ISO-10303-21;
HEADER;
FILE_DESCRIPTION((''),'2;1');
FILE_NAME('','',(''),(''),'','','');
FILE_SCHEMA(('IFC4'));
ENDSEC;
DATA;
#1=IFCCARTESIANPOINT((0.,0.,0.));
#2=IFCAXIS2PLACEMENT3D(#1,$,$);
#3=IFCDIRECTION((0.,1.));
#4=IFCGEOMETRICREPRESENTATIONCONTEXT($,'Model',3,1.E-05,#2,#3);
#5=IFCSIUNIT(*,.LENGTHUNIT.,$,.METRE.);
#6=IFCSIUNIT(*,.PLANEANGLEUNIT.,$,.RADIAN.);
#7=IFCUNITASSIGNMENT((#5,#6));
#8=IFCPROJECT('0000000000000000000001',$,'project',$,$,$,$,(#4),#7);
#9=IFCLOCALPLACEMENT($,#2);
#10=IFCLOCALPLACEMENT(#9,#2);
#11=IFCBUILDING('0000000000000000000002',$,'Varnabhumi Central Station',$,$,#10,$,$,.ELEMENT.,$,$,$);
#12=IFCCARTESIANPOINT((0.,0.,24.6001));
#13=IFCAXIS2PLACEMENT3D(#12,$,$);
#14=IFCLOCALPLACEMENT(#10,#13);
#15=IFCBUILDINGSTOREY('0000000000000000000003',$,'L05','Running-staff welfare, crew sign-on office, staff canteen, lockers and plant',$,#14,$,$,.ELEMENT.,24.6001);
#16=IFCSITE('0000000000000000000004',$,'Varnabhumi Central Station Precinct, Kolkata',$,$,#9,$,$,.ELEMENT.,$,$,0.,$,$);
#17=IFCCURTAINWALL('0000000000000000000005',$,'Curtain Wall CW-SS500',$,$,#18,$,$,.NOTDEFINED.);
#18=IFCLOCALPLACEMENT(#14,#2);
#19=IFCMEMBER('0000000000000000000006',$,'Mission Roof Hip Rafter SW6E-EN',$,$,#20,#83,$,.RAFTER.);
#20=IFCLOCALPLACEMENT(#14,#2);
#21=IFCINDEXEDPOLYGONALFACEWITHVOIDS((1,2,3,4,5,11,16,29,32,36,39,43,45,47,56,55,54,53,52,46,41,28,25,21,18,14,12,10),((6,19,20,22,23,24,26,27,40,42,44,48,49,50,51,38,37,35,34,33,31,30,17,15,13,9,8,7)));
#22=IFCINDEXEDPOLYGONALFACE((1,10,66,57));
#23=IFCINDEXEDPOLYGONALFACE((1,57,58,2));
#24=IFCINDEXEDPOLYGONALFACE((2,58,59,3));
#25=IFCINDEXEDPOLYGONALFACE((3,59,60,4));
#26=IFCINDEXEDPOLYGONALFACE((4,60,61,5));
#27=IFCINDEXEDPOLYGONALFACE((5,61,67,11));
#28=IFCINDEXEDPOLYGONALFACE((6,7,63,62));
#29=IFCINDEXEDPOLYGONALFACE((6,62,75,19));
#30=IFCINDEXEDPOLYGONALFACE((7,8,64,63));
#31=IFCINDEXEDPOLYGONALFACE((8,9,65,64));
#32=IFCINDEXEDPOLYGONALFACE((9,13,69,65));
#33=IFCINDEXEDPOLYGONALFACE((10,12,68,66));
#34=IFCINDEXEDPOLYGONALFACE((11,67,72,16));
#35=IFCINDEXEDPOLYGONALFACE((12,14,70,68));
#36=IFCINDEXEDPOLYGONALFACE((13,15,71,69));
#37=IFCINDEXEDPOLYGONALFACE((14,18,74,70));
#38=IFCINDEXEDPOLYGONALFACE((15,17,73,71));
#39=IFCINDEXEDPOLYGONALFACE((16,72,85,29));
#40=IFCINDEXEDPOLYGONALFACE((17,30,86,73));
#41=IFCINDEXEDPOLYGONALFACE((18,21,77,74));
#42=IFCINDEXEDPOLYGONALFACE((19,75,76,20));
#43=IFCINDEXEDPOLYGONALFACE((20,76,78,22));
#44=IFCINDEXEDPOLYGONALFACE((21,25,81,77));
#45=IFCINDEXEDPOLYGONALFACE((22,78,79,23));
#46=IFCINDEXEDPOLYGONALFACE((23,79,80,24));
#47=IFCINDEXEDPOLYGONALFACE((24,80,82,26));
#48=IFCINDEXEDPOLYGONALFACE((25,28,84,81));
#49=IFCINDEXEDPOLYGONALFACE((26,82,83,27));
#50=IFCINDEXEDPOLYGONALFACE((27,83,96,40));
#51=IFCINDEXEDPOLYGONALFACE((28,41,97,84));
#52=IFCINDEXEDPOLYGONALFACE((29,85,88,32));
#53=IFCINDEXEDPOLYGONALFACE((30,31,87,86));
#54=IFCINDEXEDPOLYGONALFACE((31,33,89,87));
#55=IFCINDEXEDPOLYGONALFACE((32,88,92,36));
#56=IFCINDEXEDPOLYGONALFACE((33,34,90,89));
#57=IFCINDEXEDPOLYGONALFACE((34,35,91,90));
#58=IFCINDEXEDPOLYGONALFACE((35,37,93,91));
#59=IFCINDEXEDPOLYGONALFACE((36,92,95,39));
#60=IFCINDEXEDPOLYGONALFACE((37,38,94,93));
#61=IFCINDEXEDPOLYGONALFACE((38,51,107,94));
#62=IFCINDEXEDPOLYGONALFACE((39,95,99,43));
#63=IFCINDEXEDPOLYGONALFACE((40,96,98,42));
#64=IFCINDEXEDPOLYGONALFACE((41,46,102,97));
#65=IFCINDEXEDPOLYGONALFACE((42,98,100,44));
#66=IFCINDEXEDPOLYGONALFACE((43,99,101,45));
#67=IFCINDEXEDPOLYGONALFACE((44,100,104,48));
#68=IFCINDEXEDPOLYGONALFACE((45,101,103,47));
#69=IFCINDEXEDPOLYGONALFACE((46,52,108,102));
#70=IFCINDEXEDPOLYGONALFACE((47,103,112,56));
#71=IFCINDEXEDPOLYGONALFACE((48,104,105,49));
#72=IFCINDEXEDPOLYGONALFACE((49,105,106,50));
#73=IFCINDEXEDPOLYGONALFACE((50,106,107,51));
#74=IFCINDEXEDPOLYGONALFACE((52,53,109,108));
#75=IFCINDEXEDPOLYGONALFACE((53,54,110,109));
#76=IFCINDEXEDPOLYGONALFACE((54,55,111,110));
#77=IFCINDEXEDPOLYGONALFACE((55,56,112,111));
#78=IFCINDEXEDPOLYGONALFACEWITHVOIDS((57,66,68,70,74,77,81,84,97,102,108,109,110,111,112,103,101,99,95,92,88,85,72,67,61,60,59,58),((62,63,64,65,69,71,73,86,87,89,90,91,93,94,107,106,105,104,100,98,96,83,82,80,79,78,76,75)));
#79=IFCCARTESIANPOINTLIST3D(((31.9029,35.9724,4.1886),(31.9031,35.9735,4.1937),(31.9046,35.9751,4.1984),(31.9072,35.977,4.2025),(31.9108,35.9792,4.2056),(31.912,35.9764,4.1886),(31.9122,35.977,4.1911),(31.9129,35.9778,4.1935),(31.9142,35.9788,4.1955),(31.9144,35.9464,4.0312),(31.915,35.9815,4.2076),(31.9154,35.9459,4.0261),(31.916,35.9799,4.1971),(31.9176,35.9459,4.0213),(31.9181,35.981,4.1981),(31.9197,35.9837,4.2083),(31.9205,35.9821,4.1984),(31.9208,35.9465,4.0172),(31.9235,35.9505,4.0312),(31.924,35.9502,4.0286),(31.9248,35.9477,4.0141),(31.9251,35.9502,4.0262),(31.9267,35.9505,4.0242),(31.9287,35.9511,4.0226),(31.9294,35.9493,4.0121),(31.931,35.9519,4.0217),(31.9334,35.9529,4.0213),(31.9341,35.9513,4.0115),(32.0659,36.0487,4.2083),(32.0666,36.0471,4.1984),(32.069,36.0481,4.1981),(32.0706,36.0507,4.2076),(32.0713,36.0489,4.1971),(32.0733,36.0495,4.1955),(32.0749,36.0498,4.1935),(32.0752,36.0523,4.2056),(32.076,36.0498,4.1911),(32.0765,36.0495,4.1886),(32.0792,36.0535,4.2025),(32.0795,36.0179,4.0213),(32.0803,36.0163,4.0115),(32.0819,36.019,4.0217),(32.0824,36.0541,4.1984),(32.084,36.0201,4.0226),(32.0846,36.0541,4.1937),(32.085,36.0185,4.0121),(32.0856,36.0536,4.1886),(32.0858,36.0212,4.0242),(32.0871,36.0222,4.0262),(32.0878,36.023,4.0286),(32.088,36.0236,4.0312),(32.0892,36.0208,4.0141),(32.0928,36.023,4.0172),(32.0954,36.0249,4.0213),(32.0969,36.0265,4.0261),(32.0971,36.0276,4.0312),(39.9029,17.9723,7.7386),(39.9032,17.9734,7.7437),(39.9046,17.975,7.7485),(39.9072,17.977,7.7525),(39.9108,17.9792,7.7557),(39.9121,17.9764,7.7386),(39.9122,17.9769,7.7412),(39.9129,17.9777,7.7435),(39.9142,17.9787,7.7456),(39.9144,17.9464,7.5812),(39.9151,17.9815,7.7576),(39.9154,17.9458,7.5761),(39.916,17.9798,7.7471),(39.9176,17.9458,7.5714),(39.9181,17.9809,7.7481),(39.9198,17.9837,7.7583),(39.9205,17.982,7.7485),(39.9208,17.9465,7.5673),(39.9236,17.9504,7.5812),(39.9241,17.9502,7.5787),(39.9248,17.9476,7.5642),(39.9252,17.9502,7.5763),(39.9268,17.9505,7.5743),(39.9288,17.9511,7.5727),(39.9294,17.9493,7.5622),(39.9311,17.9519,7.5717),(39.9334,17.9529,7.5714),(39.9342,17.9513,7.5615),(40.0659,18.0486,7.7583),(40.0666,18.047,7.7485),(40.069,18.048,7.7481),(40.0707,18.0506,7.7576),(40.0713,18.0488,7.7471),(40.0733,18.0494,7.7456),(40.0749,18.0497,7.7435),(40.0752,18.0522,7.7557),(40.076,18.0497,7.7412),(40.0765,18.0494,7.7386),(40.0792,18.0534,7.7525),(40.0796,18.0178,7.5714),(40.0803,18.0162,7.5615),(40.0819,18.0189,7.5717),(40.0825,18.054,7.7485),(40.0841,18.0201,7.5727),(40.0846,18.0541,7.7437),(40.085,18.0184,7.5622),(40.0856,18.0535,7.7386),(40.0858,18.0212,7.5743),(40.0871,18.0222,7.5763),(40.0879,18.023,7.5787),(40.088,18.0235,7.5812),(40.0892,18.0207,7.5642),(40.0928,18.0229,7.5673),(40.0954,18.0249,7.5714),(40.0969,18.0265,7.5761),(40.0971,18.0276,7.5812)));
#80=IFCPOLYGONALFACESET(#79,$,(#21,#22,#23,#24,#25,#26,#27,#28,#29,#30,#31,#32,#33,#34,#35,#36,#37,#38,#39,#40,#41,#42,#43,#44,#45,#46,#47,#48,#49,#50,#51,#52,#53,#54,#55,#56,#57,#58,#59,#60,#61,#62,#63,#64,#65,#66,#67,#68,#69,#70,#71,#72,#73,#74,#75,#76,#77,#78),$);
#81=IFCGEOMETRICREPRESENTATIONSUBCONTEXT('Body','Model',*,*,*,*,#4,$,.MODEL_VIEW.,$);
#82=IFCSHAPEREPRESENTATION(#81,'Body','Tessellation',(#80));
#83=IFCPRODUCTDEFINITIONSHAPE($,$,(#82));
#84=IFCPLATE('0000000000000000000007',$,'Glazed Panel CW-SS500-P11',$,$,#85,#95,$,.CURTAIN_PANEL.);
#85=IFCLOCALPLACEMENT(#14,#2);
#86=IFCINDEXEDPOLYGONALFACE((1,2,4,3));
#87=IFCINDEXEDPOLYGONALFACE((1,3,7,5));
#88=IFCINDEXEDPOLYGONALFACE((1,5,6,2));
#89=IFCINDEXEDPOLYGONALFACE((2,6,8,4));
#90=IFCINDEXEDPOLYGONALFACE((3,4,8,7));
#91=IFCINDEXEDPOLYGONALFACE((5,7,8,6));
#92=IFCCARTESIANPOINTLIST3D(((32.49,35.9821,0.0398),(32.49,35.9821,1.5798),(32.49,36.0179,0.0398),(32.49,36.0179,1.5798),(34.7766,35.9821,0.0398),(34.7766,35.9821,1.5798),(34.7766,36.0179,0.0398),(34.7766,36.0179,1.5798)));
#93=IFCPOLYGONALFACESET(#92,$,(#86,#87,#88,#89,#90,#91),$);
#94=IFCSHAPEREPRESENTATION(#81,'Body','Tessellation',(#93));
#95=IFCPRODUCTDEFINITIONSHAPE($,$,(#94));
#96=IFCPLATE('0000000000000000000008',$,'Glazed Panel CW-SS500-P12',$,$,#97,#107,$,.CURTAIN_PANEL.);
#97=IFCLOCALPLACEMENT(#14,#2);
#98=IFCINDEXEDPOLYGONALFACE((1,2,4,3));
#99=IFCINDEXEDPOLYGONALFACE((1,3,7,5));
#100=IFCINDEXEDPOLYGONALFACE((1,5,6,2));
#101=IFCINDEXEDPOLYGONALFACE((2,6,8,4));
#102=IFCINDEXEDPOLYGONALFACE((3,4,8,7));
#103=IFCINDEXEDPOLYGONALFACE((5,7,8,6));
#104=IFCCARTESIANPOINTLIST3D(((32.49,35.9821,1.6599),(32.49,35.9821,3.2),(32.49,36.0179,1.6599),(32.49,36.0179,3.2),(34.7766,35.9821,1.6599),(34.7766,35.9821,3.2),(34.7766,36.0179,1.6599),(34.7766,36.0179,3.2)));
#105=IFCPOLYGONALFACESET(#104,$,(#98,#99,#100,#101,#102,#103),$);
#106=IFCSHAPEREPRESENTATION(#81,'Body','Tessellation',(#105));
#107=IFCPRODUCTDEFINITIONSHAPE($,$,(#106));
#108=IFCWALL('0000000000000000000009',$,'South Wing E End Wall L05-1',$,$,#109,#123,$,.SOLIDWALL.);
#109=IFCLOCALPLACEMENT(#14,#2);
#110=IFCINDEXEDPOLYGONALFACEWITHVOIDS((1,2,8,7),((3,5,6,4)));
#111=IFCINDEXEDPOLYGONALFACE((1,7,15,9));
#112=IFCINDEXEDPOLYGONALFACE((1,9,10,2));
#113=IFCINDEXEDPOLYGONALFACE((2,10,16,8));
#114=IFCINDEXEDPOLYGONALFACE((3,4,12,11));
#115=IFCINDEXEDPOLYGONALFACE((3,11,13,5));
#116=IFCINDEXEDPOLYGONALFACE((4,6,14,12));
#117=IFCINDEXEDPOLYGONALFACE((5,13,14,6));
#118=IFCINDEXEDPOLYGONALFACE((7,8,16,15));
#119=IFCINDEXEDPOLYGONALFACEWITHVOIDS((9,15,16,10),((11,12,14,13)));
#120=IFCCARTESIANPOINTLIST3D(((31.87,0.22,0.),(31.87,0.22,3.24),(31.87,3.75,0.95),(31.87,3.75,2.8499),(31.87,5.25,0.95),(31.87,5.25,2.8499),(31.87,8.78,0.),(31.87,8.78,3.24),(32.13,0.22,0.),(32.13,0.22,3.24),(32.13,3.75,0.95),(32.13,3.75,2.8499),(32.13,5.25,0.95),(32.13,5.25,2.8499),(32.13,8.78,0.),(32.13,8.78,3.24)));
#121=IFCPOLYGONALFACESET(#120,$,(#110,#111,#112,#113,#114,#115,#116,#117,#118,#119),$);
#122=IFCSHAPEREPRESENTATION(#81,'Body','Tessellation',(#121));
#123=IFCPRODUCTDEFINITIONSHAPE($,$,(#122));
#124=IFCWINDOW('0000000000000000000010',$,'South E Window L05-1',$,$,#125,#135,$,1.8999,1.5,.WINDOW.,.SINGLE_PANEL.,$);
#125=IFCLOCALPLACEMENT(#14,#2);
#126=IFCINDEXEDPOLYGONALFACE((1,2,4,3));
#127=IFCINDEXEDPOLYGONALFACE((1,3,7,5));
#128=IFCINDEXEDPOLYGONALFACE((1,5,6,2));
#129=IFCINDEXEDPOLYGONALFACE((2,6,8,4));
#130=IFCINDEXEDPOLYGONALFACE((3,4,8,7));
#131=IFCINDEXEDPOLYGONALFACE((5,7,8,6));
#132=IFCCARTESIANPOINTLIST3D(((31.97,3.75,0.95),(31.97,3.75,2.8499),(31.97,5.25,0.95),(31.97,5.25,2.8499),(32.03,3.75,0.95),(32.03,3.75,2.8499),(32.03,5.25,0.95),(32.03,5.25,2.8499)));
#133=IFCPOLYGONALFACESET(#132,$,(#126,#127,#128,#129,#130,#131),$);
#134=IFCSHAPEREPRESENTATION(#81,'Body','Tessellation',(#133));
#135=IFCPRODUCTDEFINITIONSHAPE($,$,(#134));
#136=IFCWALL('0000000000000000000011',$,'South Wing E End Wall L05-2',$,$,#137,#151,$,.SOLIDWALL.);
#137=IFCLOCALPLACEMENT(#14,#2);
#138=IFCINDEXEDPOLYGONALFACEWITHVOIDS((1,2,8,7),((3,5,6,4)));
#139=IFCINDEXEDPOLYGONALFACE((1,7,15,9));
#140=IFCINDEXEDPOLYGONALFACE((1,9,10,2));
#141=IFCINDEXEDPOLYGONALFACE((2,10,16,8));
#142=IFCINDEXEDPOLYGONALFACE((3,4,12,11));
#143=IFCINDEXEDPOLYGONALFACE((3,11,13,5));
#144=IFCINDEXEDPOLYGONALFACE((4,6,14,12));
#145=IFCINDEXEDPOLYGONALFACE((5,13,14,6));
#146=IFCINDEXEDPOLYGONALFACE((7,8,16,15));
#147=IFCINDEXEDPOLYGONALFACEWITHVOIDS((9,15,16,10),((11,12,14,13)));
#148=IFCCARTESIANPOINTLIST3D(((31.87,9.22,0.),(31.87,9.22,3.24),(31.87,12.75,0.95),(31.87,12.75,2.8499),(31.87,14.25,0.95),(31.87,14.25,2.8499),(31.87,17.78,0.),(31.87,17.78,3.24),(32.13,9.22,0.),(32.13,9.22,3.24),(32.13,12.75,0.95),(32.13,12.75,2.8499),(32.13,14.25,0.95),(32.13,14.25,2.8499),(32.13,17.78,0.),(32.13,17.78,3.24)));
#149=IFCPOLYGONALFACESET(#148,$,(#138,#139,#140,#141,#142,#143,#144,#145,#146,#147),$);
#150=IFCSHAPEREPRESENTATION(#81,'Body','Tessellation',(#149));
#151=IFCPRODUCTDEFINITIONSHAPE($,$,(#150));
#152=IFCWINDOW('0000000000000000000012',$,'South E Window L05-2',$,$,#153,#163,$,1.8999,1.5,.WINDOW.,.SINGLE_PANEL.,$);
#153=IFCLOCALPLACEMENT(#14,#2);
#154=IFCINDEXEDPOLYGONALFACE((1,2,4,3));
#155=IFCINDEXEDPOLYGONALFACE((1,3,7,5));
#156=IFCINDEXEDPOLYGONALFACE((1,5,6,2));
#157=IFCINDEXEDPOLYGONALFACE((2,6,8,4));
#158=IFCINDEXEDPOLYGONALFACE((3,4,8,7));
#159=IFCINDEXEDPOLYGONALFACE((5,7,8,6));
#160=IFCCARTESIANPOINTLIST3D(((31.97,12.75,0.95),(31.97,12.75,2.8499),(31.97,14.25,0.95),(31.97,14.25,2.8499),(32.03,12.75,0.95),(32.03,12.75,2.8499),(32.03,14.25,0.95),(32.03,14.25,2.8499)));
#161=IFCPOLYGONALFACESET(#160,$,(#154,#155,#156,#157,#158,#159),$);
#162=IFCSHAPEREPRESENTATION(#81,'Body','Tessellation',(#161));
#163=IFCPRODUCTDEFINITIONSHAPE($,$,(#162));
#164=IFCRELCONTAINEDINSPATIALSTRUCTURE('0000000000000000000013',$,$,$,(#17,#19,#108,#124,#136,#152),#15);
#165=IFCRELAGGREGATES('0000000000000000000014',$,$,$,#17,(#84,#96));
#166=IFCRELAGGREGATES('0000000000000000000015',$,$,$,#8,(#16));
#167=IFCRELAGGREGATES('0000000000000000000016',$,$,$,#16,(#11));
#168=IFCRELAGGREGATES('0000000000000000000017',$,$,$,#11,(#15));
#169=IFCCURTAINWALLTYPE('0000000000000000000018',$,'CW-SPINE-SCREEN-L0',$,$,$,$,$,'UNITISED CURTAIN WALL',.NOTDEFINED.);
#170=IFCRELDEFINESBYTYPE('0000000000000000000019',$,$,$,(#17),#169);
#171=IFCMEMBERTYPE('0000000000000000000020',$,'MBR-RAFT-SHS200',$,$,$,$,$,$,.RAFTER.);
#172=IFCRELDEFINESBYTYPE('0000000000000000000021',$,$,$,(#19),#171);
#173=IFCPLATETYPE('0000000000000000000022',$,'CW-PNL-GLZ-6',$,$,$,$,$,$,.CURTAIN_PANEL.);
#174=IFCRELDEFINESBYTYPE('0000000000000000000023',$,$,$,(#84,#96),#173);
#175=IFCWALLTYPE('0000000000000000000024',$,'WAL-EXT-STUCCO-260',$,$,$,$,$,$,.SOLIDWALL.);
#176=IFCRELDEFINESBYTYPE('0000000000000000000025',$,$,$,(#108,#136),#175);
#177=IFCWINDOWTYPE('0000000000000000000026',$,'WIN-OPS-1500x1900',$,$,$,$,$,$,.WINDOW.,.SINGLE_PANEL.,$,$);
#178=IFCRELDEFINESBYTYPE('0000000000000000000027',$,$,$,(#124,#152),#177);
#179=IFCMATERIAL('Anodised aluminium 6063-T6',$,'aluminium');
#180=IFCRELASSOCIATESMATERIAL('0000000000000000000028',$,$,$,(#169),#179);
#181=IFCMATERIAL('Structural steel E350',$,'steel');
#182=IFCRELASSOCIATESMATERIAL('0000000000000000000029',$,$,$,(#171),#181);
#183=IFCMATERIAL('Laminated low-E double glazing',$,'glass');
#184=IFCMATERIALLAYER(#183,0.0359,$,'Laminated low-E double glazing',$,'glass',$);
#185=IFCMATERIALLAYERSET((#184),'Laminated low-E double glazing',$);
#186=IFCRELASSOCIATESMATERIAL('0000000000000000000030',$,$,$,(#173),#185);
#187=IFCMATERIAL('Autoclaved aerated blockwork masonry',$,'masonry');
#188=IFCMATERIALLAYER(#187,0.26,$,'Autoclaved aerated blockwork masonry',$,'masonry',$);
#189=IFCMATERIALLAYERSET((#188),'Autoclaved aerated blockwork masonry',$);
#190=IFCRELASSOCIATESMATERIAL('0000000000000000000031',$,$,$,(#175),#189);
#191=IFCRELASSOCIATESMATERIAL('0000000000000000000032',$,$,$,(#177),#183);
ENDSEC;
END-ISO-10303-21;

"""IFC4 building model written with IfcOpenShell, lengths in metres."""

from ifc_helpers import new_model, si_unit, direction, frame, frame_2d, origin, origin_2d, place, context, subcontext, project, spatial, rectangle, hollow_rectangle, extrude, material, layer, layer_set, material_profile, profile_set, type_object, element, fill, aggregate, save


model = new_model("IFC4")

# Units and contexts
model_context = context("Model", 3, precision=1e-05, world=origin(), true_north=direction((0.0, 1.0)))
body_context = subcontext(model_context, "Body", "Model", "MODEL_VIEW")
ifc_project = project(units=[si_unit("LENGTHUNIT", "METRE"), si_unit("PLANEANGLEUNIT", "RADIAN")], contexts=[model_context])

# Site, building, storey
site_placement = place(None, origin())
site = spatial("IfcSite", under=ifc_project, at=site_placement, Name="Varnabhumi Central Station Precinct, Kolkata", CompositionType="ELEMENT", RefElevation=0.0)
building_placement = place(site_placement, origin())
building = spatial("IfcBuilding", under=site, at=building_placement, Name="Varnabhumi Central Station", CompositionType="ELEMENT")
storey_placement = place(building_placement, frame((0.0, 0.0, 24.6001)))
storey = spatial("IfcBuildingStorey", under=building, at=storey_placement, Name="L05", Description="Running-staff welfare, crew sign-on office, staff canteen, lockers and plant", CompositionType="ELEMENT", Elevation=24.6001)

# Shared definitions
ifc_material_1 = material(Name="Structural steel E350", Category="steel")

# Curtain wall
ifc_material_2 = material(Name="Anodised aluminium 6063-T6", Category="aluminium")
curtain_wall_type = type_object("IfcCurtainWallType", Name="CW-SPINE-SCREEN-L0", ElementType="UNITISED CURTAIN WALL", PredefinedType="NOTDEFINED", material=ifc_material_2)
curtain_wall_placement = place(storey_placement, origin())
curtain_wall = element("IfcCurtainWall", 1, at=curtain_wall_placement, inside=storey, type_object=curtain_wall_type, Name="Curtain Wall CW-SS500", PredefinedType="NOTDEFINED")

# Member
ifc_material_profile_1 = material_profile(ifc_material_1, hollow_rectangle(XDim=0.2, YDim=0.2, WallThickness=0.01, InnerFilletRadius=0.01, OuterFilletRadius=0.02, at=origin_2d()), Name="Structural steel E350", Category="steel")
ifc_profile_set_1 = profile_set([ifc_material_profile_1], Name="Structural steel E350")
member_type_1 = type_object("IfcMemberType", Name="MBR-RAFT-SHS200", PredefinedType="RAFTER", material=ifc_profile_set_1)
member_1_placement = place(storey_placement, frame((32.0, 36.0, 4.1099), z_axis=(0.399699, -0.899323, 0.177369), x_axis=(0.913812, 0.406138, 0.0)))
element("IfcMember", 2, at=member_1_placement, inside=storey, type_object=member_type_1, Name="Mission Roof Hip Rafter SW6E-EN", PredefinedType="RAFTER", context=body_context, shape_type="SweptSolid", body=[
    extrude(hollow_rectangle(XDim=0.2, YDim=0.2, WallThickness=0.01, InnerFilletRadius=0.01, OuterFilletRadius=0.02, at=origin_2d()), origin(), (0.0, 0.0, 1.0), 20.0151),
])

# Plates
ifc_material_3 = material(Name="Laminated low-E double glazing", Category="glass")
ifc_layer_1 = layer(ifc_material_3, 0.0359, Name="Laminated low-E double glazing", Category="glass")
ifc_layer_set_1 = layer_set([ifc_layer_1], Name="Laminated low-E double glazing")
plate_type = type_object("IfcPlateType", Name="CW-PNL-GLZ-6", PredefinedType="CURTAIN_PANEL", material=ifc_layer_set_1)
plate_1_placement = place(storey_placement, frame((33.6333, 36.0, 0.0398), z_axis=(0.0, 0.0, 1.0), x_axis=(1.0, 0.0, 0.0)))
plate_1 = element("IfcPlate", 3, at=plate_1_placement, type_object=plate_type, Name="Glazed Panel CW-SS500-P11", PredefinedType="CURTAIN_PANEL", context=body_context, shape_type="SweptSolid", body=[
    extrude(rectangle(XDim=2.2866, YDim=0.0359, at=origin_2d()), origin(), (0.0, 0.0, 1.0), 1.54),
])
plate_2_placement = place(storey_placement, frame((33.6333, 36.0, 1.6599), z_axis=(0.0, 0.0, 1.0), x_axis=(1.0, 0.0, 0.0)))
plate_2 = element("IfcPlate", 4, at=plate_2_placement, type_object=plate_type, Name="Glazed Panel CW-SS500-P12", PredefinedType="CURTAIN_PANEL", context=body_context, shape_type="SweptSolid", body=[
    extrude(rectangle(XDim=2.2866, YDim=0.0359, at=origin_2d()), origin(), (0.0, 0.0, 1.0), 1.54),
])
aggregate(curtain_wall, [plate_1, plate_2])

# Walls, openings, windows
ifc_material_4 = material(Name="Autoclaved aerated blockwork masonry", Category="masonry")
ifc_layer_2 = layer(ifc_material_4, 0.26, Name="Autoclaved aerated blockwork masonry", Category="masonry")
ifc_layer_set_2 = layer_set([ifc_layer_2], Name="Autoclaved aerated blockwork masonry")
wall_type_1 = type_object("IfcWallType", Name="WAL-EXT-STUCCO-260", PredefinedType="SOLIDWALL", material=ifc_layer_set_2)
wall_1_placement = place(storey_placement, frame((32.0, 0.22, 0.0), z_axis=(0.0, 0.0, 1.0), x_axis=(0.0, 1.0, 0.0)))
wall_1 = element("IfcWall", 5, at=wall_1_placement, inside=storey, type_object=wall_type_1, Name="South Wing E End Wall L05-1", PredefinedType="SOLIDWALL", context=body_context, shape_type="SweptSolid", body=[
    extrude(rectangle(XDim=8.5601, YDim=0.26, at=frame_2d((4.28, 0.0))), origin(), (0.0, 0.0, 1.0), 3.24),
])
opening_1_placement = place(wall_1_placement, frame((3.53, 0.0, 0.95)))
opening_1 = element("IfcOpeningElement", 6, at=opening_1_placement, cuts=wall_1, PredefinedType="OPENING", context=body_context, shape_type="SweptSolid", body=[
    extrude(rectangle(XDim=1.5, YDim=1.8999, at=frame_2d((0.75, 0.95))), frame((0.0, 0.1399, 0.0), z_axis=(0.0, -1.0, 0.0), x_axis=(1.0, 0.0, 0.0)), (0.0, 0.0, 1.0), 0.28),
])
window_type = type_object("IfcWindowType", Name="WIN-OPS-1500x1900", PartitioningType="SINGLE_PANEL", PredefinedType="WINDOW", material=ifc_material_3)
window_1_placement = place(opening_1_placement, origin())
window_1 = element("IfcWindow", 7, at=window_1_placement, inside=storey, type_object=window_type, Name="South E Window L05-1", OverallHeight=1.8999, OverallWidth=1.5, PartitioningType="SINGLE_PANEL", PredefinedType="WINDOW", context=body_context, shape_type="SweptSolid", body=[
    extrude(rectangle(XDim=1.5, YDim=1.8999, at=frame_2d((0.75, 0.95))), frame((0.0, 0.03, 0.0), z_axis=(0.0, -1.0, 0.0), x_axis=(1.0, 0.0, 0.0)), (0.0, 0.0, 1.0), 0.0601),
])
fill(opening_1, window_1)
wall_2_placement = place(storey_placement, frame((32.0, 9.22, 0.0), z_axis=(0.0, 0.0, 1.0), x_axis=(0.0, 1.0, 0.0)))
wall_2 = element("IfcWall", 8, at=wall_2_placement, inside=storey, type_object=wall_type_1, Name="South Wing E End Wall L05-2", PredefinedType="SOLIDWALL", context=body_context, shape_type="SweptSolid", body=[
    extrude(rectangle(XDim=8.5601, YDim=0.26, at=frame_2d((4.28, 0.0))), origin(), (0.0, 0.0, 1.0), 3.24),
])
opening_2_placement = place(wall_2_placement, frame((3.53, 0.0, 0.95)))
opening_2 = element("IfcOpeningElement", 9, at=opening_2_placement, cuts=wall_2, PredefinedType="OPENING", context=body_context, shape_type="SweptSolid", body=[
    extrude(rectangle(XDim=1.5, YDim=1.8999, at=frame_2d((0.75, 0.95))), frame((0.0, 0.1399, 0.0), z_axis=(0.0, -1.0, 0.0), x_axis=(1.0, 0.0, 0.0)), (0.0, 0.0, 1.0), 0.28),
])
window_2_placement = place(opening_2_placement, origin())
window_2 = element("IfcWindow", 10, at=window_2_placement, inside=storey, type_object=window_type, Name="South E Window L05-2", OverallHeight=1.8999, OverallWidth=1.5, PartitioningType="SINGLE_PANEL", PredefinedType="WINDOW", context=body_context, shape_type="SweptSolid", body=[
    extrude(rectangle(XDim=1.5, YDim=1.8999, at=frame_2d((0.75, 0.95))), frame((0.0, 0.03, 0.0), z_axis=(0.0, -1.0, 0.0), x_axis=(1.0, 0.0, 0.0)), (0.0, 0.0, 1.0), 0.0601),
])
fill(opening_2, window_2)

save(model, "model.ifc")
